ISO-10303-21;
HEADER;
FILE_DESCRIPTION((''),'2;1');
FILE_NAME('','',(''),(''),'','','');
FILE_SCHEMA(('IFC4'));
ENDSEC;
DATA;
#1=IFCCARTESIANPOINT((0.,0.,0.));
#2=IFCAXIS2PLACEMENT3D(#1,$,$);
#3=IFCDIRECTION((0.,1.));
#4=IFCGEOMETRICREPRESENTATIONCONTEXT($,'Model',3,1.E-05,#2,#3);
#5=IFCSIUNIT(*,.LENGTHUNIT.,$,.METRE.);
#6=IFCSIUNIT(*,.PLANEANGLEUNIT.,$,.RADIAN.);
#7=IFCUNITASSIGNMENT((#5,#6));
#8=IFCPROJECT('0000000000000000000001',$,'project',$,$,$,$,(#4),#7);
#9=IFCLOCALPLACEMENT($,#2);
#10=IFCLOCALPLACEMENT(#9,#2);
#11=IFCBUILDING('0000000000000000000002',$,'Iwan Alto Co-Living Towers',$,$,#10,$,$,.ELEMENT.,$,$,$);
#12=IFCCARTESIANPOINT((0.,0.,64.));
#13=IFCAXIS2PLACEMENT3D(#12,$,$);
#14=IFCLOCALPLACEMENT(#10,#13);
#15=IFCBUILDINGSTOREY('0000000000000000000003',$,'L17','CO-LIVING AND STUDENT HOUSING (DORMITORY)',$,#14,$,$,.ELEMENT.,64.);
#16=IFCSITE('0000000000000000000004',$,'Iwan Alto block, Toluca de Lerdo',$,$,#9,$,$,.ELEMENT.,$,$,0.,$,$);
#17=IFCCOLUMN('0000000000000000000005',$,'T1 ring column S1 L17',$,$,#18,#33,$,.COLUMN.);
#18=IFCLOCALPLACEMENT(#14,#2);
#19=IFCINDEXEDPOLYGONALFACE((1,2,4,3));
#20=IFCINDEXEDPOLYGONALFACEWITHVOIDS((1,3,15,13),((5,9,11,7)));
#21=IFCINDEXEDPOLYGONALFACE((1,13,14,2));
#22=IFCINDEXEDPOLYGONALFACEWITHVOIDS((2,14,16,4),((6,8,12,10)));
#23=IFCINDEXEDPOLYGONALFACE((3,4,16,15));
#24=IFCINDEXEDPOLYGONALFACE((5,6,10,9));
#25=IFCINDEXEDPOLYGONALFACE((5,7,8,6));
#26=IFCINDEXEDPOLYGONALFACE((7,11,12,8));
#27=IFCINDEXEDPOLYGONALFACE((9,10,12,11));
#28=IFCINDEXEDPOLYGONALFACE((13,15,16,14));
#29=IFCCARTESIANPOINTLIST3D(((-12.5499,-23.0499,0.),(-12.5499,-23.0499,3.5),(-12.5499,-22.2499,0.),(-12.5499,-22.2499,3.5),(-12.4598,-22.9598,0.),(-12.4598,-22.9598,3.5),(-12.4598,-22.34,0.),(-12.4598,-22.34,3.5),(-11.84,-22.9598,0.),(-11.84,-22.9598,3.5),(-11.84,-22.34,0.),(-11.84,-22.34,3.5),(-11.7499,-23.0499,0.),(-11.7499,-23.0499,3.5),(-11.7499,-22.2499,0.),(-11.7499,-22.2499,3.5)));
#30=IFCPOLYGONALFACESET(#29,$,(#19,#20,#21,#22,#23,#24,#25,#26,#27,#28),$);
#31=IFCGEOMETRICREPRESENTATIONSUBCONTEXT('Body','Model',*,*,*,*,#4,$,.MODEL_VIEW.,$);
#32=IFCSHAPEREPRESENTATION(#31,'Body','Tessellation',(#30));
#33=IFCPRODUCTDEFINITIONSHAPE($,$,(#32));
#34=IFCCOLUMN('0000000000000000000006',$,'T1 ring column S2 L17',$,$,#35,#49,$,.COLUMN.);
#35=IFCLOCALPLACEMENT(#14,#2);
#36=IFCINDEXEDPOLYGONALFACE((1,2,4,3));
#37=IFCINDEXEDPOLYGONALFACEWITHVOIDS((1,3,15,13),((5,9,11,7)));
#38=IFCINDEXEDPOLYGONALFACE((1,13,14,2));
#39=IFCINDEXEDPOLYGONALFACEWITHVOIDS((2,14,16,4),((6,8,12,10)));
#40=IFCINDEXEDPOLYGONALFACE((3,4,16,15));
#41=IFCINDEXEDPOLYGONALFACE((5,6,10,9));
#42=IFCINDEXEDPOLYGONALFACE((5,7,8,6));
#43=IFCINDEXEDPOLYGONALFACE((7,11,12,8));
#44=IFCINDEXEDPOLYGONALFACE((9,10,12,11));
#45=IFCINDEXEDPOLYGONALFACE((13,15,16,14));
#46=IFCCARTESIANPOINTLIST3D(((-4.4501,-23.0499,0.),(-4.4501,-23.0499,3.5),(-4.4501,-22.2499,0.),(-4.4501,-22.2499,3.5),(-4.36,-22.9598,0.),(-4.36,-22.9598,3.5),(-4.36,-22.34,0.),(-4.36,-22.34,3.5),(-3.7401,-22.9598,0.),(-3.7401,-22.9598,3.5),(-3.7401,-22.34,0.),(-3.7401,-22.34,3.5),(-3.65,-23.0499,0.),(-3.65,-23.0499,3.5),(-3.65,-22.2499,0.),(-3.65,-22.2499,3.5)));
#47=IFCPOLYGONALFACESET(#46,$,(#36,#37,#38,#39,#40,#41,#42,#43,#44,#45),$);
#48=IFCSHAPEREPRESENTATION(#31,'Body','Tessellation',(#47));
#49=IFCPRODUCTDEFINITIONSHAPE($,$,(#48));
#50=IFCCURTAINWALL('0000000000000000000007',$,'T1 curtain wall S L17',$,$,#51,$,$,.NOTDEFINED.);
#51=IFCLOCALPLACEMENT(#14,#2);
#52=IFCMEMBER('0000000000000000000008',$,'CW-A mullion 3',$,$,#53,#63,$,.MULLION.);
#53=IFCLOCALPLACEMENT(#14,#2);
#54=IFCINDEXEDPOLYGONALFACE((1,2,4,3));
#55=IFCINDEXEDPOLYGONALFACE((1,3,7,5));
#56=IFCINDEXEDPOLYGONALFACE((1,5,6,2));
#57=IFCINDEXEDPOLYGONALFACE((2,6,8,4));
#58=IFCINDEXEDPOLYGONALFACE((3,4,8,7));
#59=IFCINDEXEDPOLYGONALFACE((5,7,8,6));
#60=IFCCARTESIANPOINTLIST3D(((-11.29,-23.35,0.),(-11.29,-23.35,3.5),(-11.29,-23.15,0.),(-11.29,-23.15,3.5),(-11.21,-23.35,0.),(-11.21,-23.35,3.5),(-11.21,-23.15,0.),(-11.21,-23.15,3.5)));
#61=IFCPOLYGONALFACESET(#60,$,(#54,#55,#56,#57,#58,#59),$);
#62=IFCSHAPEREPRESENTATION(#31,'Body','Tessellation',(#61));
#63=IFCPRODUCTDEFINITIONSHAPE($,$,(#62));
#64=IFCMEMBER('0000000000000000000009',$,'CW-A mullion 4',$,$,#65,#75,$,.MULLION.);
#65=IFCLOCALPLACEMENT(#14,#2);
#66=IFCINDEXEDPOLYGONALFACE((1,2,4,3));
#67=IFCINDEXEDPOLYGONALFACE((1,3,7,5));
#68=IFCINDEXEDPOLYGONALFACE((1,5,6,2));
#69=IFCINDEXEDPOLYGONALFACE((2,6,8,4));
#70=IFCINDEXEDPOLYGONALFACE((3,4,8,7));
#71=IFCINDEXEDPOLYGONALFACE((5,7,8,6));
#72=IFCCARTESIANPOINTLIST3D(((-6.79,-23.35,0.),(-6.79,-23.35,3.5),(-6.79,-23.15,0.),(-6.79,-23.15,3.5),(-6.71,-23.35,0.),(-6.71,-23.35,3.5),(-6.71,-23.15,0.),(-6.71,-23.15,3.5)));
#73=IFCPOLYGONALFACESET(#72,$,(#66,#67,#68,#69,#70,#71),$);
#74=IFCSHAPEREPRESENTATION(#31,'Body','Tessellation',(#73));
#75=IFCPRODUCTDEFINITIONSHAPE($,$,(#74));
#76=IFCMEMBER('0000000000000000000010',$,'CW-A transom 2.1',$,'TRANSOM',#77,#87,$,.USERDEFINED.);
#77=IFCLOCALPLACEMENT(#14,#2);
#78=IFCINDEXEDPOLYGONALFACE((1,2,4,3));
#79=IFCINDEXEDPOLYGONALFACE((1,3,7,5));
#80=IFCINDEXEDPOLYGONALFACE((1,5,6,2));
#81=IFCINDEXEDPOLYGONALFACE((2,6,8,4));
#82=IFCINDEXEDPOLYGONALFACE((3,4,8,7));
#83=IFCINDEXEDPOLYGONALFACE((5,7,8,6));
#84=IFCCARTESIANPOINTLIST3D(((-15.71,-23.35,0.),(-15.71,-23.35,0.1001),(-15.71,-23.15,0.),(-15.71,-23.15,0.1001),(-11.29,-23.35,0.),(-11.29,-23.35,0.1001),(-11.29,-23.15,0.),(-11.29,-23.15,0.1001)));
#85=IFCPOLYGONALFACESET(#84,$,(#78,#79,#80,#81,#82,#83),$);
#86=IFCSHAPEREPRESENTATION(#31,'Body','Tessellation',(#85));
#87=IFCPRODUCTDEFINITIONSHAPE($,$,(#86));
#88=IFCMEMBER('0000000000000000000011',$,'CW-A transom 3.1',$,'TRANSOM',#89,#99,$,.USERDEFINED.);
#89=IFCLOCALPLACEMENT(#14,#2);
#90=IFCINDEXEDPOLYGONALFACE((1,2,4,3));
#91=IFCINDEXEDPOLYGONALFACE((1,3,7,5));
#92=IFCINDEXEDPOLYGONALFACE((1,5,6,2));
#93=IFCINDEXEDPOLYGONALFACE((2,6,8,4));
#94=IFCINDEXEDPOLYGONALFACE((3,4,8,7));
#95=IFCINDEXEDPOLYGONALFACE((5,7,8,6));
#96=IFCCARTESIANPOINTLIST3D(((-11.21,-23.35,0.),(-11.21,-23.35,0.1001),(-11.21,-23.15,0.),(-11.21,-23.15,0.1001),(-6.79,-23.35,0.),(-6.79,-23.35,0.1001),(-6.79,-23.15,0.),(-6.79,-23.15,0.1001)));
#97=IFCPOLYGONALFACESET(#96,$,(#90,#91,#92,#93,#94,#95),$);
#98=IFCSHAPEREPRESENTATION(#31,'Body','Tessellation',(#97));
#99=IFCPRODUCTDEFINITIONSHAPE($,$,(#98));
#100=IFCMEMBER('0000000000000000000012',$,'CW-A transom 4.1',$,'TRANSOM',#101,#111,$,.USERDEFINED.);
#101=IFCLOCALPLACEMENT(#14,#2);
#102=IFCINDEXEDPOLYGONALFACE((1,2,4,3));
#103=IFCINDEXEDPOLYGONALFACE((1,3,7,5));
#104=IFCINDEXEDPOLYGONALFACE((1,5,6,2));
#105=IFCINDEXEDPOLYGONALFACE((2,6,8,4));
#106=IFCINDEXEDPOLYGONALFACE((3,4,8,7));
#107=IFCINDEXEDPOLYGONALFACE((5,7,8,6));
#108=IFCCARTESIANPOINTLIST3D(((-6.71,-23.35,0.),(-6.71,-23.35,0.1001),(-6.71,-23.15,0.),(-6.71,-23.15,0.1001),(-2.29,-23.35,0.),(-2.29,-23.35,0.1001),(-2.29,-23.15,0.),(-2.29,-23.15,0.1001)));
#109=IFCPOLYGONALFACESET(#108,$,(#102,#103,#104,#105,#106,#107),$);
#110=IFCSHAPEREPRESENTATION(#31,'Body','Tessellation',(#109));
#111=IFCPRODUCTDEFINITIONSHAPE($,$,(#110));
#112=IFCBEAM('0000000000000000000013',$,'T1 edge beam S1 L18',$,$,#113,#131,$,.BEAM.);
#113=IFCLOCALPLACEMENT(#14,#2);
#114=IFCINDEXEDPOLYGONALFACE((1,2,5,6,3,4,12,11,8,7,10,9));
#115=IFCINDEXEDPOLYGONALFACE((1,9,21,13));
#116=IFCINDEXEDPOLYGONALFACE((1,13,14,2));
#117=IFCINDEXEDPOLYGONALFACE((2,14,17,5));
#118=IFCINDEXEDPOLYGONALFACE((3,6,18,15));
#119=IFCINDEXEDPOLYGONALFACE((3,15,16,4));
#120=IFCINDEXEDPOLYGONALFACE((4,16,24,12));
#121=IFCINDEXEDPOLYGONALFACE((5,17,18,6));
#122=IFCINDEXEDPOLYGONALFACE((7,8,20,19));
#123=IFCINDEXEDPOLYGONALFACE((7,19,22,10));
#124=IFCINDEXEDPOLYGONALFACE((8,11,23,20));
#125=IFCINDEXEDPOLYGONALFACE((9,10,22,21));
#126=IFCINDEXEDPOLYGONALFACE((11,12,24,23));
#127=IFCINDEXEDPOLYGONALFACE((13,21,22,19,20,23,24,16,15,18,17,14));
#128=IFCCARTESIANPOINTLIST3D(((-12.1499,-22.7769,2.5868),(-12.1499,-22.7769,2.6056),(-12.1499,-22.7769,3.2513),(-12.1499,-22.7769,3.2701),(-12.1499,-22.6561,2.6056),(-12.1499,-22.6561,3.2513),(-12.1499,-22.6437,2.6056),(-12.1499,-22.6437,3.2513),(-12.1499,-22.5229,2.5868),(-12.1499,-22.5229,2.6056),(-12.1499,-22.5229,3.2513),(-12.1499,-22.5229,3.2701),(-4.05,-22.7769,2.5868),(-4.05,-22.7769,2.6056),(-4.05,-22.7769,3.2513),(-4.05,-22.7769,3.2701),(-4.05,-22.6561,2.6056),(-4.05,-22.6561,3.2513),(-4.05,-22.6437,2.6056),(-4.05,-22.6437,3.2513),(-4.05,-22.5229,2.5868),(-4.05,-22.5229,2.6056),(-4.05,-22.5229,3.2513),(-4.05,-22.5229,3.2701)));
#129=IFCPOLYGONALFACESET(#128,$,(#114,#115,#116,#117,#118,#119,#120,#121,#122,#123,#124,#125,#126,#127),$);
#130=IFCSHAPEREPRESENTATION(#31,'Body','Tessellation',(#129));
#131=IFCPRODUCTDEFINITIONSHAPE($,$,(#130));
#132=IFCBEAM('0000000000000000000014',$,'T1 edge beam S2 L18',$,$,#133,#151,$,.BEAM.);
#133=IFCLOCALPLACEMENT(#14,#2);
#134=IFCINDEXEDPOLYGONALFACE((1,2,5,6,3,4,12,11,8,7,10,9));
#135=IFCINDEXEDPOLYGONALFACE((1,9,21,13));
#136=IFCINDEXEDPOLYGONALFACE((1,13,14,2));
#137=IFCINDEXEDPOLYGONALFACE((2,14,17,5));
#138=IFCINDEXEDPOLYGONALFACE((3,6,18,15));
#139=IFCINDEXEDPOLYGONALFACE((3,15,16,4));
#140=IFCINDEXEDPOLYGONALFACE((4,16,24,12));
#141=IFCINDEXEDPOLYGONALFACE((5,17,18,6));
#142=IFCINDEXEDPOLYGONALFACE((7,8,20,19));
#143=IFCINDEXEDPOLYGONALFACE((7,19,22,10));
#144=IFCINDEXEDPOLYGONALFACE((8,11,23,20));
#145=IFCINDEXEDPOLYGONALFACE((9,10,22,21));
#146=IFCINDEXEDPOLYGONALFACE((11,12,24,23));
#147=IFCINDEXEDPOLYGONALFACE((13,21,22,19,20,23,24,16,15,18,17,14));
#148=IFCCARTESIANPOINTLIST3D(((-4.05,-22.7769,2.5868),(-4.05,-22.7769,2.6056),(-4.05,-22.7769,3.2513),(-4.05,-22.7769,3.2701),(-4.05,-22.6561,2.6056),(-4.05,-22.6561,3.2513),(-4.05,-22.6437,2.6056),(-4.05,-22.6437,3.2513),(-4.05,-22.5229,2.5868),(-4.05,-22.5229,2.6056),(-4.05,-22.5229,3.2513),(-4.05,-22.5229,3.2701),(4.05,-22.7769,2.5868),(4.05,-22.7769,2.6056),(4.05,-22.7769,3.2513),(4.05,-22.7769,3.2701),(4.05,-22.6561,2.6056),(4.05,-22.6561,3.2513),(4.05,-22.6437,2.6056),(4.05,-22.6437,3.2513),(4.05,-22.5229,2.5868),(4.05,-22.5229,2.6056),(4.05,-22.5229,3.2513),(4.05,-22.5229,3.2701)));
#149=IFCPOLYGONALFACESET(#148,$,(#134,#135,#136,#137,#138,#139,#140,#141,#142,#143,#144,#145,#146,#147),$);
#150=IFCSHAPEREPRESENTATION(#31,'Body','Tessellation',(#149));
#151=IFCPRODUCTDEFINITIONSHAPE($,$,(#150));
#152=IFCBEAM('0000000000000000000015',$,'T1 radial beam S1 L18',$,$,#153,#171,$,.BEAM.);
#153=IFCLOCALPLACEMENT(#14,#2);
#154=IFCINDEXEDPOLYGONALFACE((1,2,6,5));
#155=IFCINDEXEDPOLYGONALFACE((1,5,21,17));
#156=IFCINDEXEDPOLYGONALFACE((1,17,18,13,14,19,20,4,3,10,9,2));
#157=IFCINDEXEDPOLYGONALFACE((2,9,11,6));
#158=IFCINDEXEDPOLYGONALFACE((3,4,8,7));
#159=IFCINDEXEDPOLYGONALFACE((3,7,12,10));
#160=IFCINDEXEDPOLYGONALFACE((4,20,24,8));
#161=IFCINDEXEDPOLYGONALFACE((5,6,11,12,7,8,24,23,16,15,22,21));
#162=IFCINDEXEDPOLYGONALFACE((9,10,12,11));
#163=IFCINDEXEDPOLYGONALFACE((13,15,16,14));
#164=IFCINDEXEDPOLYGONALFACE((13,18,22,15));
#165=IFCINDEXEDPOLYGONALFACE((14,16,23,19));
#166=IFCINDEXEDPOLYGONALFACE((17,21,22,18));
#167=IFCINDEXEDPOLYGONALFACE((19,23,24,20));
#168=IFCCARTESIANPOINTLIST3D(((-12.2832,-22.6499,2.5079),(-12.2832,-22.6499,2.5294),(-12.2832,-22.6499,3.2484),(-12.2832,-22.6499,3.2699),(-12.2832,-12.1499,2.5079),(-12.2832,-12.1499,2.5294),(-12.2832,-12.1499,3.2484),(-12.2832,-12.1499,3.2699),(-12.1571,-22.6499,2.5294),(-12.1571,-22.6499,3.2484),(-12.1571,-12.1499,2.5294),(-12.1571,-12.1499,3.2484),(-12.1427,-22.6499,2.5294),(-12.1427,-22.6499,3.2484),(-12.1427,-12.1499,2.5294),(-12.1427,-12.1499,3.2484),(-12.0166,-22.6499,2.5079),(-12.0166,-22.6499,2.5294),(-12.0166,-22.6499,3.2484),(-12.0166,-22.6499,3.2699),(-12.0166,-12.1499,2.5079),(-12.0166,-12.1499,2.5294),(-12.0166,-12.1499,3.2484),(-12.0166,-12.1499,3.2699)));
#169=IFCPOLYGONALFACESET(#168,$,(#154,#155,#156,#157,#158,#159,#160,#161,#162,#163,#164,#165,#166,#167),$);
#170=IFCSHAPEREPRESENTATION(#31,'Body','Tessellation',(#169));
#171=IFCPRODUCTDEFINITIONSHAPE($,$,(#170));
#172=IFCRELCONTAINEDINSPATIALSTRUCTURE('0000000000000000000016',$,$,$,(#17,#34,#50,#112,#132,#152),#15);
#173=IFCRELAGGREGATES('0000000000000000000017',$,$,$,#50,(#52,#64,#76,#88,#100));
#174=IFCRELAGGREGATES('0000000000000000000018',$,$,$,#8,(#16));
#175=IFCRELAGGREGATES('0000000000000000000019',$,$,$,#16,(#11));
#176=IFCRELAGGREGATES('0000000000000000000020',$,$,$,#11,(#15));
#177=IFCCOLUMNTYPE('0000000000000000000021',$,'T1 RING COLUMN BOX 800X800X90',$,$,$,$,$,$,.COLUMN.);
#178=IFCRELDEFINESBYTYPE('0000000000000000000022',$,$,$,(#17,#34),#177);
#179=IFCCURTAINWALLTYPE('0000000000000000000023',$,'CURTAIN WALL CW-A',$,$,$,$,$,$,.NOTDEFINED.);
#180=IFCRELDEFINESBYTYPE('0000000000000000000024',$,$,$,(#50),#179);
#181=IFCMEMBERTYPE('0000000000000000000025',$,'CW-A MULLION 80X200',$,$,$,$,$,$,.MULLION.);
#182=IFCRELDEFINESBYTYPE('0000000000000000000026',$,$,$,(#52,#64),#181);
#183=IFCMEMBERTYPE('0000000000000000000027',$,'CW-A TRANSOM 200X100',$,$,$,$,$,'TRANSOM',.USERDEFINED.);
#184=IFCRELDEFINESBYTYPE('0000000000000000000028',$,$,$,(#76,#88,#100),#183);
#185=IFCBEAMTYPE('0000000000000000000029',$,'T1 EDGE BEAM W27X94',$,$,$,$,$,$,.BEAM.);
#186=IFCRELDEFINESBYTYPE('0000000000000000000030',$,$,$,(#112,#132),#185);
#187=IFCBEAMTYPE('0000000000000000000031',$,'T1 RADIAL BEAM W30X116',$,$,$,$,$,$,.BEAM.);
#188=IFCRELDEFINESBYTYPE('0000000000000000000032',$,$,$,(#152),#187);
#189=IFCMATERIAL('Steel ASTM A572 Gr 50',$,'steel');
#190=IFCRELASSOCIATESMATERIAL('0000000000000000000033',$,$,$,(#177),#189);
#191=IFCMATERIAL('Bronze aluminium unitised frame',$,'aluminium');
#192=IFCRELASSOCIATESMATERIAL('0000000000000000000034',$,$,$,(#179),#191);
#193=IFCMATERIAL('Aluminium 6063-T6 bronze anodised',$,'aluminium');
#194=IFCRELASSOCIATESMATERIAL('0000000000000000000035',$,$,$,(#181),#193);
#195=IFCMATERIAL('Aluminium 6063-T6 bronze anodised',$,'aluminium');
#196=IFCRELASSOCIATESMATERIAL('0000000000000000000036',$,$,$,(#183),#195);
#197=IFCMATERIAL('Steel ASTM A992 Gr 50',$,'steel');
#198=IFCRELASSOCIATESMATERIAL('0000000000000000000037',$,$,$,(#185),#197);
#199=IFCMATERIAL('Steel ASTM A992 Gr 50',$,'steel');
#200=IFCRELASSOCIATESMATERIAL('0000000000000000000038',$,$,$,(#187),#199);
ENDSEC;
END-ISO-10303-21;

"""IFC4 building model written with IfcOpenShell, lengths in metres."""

from ifc_helpers import new_model, si_unit, direction, frame, origin, origin_2d, place, context, subcontext, project, spatial, rectangle, hollow_rectangle, i_section, extrude, material, material_profile, profile_set, type_object, element, aggregate, save


model = new_model("IFC4")

# Units and contexts
model_context = context("Model", 3, precision=1e-05, world=origin(), true_north=direction((0.0, 1.0)))
body_context = subcontext(model_context, "Body", "Model", "MODEL_VIEW")
ifc_project = project(units=[si_unit("LENGTHUNIT", "METRE"), si_unit("PLANEANGLEUNIT", "RADIAN")], contexts=[model_context])

# Site, building, storey
site_placement = place(None, origin())
site = spatial("IfcSite", under=ifc_project, at=site_placement, Name="Iwan Alto block, Toluca de Lerdo", CompositionType="ELEMENT", RefElevation=0.0)
building_placement = place(site_placement, origin())
building = spatial("IfcBuilding", under=site, at=building_placement, Name="Iwan Alto Co-Living Towers", CompositionType="ELEMENT")
storey_placement = place(building_placement, frame((0.0, 0.0, 64.0)))
storey = spatial("IfcBuildingStorey", under=building, at=storey_placement, Name="L17", Description="CO-LIVING AND STUDENT HOUSING (DORMITORY)", CompositionType="ELEMENT", Elevation=64.0)

# Columns
ifc_material_1 = material(Name="Steel ASTM A572 Gr 50", Category="steel")
ifc_material_profile_1 = material_profile(ifc_material_1, hollow_rectangle(XDim=0.8, YDim=0.8, WallThickness=0.0901, at=origin_2d()), Name="BOX 800X800X90")
ifc_profile_set_1 = profile_set([ifc_material_profile_1], Name="Steel ASTM A572 Gr 50")
column_type = type_object("IfcColumnType", Name="T1 RING COLUMN BOX 800X800X90", PredefinedType="COLUMN", material=ifc_profile_set_1)
for number, where, z_axis, x_axis, name in (
    (1, (-12.1499, -22.6499, 0.0), (0.0, 0.0, 1.0), (1.0, 0.0, 0.0), "T1 ring column S1 L17"),
    (2, (-4.05, -22.6499, 0.0), (0.0, 0.0, 1.0), (1.0, 0.0, 0.0), "T1 ring column S2 L17"),
):
    element("IfcColumn", number, at=place(storey_placement, frame(where, z_axis=z_axis, x_axis=x_axis)), inside=storey, type_object=column_type, Name=name, PredefinedType="COLUMN", context=body_context, shape_type="SweptSolid", body=[
        extrude(hollow_rectangle(XDim=0.8, YDim=0.8, WallThickness=0.0901, at=origin_2d()), origin(), (0.0, 0.0, 1.0), 3.5),
    ])

# Curtain wall, members
ifc_material_2 = material(Name="Bronze aluminium unitised frame", Category="aluminium")
curtain_wall_type = type_object("IfcCurtainWallType", Name="CURTAIN WALL CW-A", PredefinedType="NOTDEFINED", material=ifc_material_2)
curtain_wall_placement = place(storey_placement, origin())
curtain_wall = element("IfcCurtainWall", 3, at=curtain_wall_placement, inside=storey, type_object=curtain_wall_type, Name="T1 curtain wall S L17", PredefinedType="NOTDEFINED")
ifc_material_3 = material(Name="Aluminium 6063-T6 bronze anodised", Category="aluminium")
ifc_material_profile_2 = material_profile(ifc_material_3, rectangle(XDim=0.2, YDim=0.0801, at=origin_2d()), Name="AL 80X200")
ifc_profile_set_2 = profile_set([ifc_material_profile_2], Name="Aluminium 6063-T6 bronze anodised")
member_type_1 = type_object("IfcMemberType", Name="CW-A MULLION 80X200", PredefinedType="MULLION", material=ifc_profile_set_2)
member_1_placement = place(storey_placement, frame((-11.25, -23.25, 0.0), z_axis=(0.0, 0.0, 1.0), x_axis=(0.0, 1.0, 0.0)))
member_1 = element("IfcMember", 4, at=member_1_placement, type_object=member_type_1, Name="CW-A mullion 3", PredefinedType="MULLION", context=body_context, shape_type="SweptSolid", body=[
    extrude(rectangle(XDim=0.2, YDim=0.0801, at=origin_2d()), origin(), (0.0, 0.0, 1.0), 3.5),
])
member_2_placement = place(storey_placement, frame((-6.75, -23.25, 0.0), z_axis=(0.0, 0.0, 1.0), x_axis=(0.0, 1.0, 0.0)))
member_2 = element("IfcMember", 5, at=member_2_placement, type_object=member_type_1, Name="CW-A mullion 4", PredefinedType="MULLION", context=body_context, shape_type="SweptSolid", body=[
    extrude(rectangle(XDim=0.2, YDim=0.0801, at=origin_2d()), origin(), (0.0, 0.0, 1.0), 3.5),
])
ifc_material_4 = material(Name="Aluminium 6063-T6 bronze anodised", Category="aluminium")
ifc_material_profile_3 = material_profile(ifc_material_4, rectangle(XDim=0.2, YDim=0.1001, at=origin_2d()), Name="AL 200X100")
ifc_profile_set_3 = profile_set([ifc_material_profile_3], Name="Aluminium 6063-T6 bronze anodised")
member_type_2 = type_object("IfcMemberType", Name="CW-A TRANSOM 200X100", ElementType="TRANSOM", PredefinedType="USERDEFINED", material=ifc_profile_set_3)
member_3_placement = place(storey_placement, frame((-15.71, -23.25, 0.05), z_axis=(1.0, 0.0, 0.0), x_axis=(0.0, 1.0, 0.0)))
member_3 = element("IfcMember", 6, at=member_3_placement, type_object=member_type_2, Name="CW-A transom 2.1", ObjectType="TRANSOM", PredefinedType="USERDEFINED", context=body_context, shape_type="SweptSolid", body=[
    extrude(rectangle(XDim=0.2, YDim=0.1001, at=origin_2d()), origin(), (0.0, 0.0, 1.0), 4.4199),
])
member_4_placement = place(storey_placement, frame((-11.21, -23.25, 0.05), z_axis=(1.0, 0.0, 0.0), x_axis=(0.0, 1.0, 0.0)))
member_4 = element("IfcMember", 7, at=member_4_placement, type_object=member_type_2, Name="CW-A transom 3.1", ObjectType="TRANSOM", PredefinedType="USERDEFINED", context=body_context, shape_type="SweptSolid", body=[
    extrude(rectangle(XDim=0.2, YDim=0.1001, at=origin_2d()), origin(), (0.0, 0.0, 1.0), 4.4199),
])
member_5_placement = place(storey_placement, frame((-6.71, -23.25, 0.05), z_axis=(1.0, 0.0, 0.0), x_axis=(0.0, 1.0, 0.0)))
member_5 = element("IfcMember", 8, at=member_5_placement, type_object=member_type_2, Name="CW-A transom 4.1", ObjectType="TRANSOM", PredefinedType="USERDEFINED", context=body_context, shape_type="SweptSolid", body=[
    extrude(rectangle(XDim=0.2, YDim=0.1001, at=origin_2d()), origin(), (0.0, 0.0, 1.0), 4.4199),
])

# Beams
ifc_material_5 = material(Name="Steel ASTM A992 Gr 50", Category="steel")
ifc_material_profile_4 = material_profile(ifc_material_5, i_section(OverallWidth=0.2539, OverallDepth=0.6833, WebThickness=0.0125, FlangeThickness=0.0188, at=origin_2d()), Name="W27X94")
ifc_profile_set_4 = profile_set([ifc_material_profile_4], Name="Steel ASTM A992 Gr 50")
beam_type_1 = type_object("IfcBeamType", Name="T1 EDGE BEAM W27X94", PredefinedType="BEAM", material=ifc_profile_set_4)
beam_1_placement = place(storey_placement, frame((-12.1499, -22.6499, 2.9285), z_axis=(1.0, 0.0, 0.0), x_axis=(0.0, 1.0, 0.0)))
element("IfcBeam", 9, at=beam_1_placement, inside=storey, type_object=beam_type_1, Name="T1 edge beam S1 L18", PredefinedType="BEAM", context=body_context, shape_type="SweptSolid", body=[
    extrude(i_section(OverallWidth=0.2539, OverallDepth=0.6833, WebThickness=0.0125, FlangeThickness=0.0188, at=origin_2d()), origin(), (0.0, 0.0, 1.0), 8.0999),
])
beam_2_placement = place(storey_placement, frame((-4.05, -22.6499, 2.9285), z_axis=(1.0, 0.0, 0.0), x_axis=(0.0, 1.0, 0.0)))
element("IfcBeam", 10, at=beam_2_placement, inside=storey, type_object=beam_type_1, Name="T1 edge beam S2 L18", PredefinedType="BEAM", context=body_context, shape_type="SweptSolid", body=[
    extrude(i_section(OverallWidth=0.2539, OverallDepth=0.6833, WebThickness=0.0125, FlangeThickness=0.0188, at=origin_2d()), origin(), (0.0, 0.0, 1.0), 8.1001),
])
ifc_material_6 = material(Name="Steel ASTM A992 Gr 50", Category="steel")
ifc_material_profile_5 = material_profile(ifc_material_6, i_section(OverallWidth=0.2666, OverallDepth=0.762, WebThickness=0.0144, FlangeThickness=0.0215, at=origin_2d()), Name="W30X116")
ifc_profile_set_5 = profile_set([ifc_material_profile_5], Name="Steel ASTM A992 Gr 50")
beam_type_2 = type_object("IfcBeamType", Name="T1 RADIAL BEAM W30X116", PredefinedType="BEAM", material=ifc_profile_set_5)
beam_3_placement = place(storey_placement, frame((-12.1499, -22.6499, 2.8889), z_axis=(0.0, 1.0, 0.0), x_axis=(-1.0, 0.0, 0.0)))
element("IfcBeam", 11, at=beam_3_placement, inside=storey, type_object=beam_type_2, Name="T1 radial beam S1 L18", PredefinedType="BEAM", context=body_context, shape_type="SweptSolid", body=[
    extrude(i_section(OverallWidth=0.2666, OverallDepth=0.762, WebThickness=0.0144, FlangeThickness=0.0215, at=origin_2d()), origin(), (0.0, 0.0, 1.0), 10.5),
])

aggregate(curtain_wall, [member_1, member_2, member_3, member_4, member_5])

save(model, "model.ifc")
